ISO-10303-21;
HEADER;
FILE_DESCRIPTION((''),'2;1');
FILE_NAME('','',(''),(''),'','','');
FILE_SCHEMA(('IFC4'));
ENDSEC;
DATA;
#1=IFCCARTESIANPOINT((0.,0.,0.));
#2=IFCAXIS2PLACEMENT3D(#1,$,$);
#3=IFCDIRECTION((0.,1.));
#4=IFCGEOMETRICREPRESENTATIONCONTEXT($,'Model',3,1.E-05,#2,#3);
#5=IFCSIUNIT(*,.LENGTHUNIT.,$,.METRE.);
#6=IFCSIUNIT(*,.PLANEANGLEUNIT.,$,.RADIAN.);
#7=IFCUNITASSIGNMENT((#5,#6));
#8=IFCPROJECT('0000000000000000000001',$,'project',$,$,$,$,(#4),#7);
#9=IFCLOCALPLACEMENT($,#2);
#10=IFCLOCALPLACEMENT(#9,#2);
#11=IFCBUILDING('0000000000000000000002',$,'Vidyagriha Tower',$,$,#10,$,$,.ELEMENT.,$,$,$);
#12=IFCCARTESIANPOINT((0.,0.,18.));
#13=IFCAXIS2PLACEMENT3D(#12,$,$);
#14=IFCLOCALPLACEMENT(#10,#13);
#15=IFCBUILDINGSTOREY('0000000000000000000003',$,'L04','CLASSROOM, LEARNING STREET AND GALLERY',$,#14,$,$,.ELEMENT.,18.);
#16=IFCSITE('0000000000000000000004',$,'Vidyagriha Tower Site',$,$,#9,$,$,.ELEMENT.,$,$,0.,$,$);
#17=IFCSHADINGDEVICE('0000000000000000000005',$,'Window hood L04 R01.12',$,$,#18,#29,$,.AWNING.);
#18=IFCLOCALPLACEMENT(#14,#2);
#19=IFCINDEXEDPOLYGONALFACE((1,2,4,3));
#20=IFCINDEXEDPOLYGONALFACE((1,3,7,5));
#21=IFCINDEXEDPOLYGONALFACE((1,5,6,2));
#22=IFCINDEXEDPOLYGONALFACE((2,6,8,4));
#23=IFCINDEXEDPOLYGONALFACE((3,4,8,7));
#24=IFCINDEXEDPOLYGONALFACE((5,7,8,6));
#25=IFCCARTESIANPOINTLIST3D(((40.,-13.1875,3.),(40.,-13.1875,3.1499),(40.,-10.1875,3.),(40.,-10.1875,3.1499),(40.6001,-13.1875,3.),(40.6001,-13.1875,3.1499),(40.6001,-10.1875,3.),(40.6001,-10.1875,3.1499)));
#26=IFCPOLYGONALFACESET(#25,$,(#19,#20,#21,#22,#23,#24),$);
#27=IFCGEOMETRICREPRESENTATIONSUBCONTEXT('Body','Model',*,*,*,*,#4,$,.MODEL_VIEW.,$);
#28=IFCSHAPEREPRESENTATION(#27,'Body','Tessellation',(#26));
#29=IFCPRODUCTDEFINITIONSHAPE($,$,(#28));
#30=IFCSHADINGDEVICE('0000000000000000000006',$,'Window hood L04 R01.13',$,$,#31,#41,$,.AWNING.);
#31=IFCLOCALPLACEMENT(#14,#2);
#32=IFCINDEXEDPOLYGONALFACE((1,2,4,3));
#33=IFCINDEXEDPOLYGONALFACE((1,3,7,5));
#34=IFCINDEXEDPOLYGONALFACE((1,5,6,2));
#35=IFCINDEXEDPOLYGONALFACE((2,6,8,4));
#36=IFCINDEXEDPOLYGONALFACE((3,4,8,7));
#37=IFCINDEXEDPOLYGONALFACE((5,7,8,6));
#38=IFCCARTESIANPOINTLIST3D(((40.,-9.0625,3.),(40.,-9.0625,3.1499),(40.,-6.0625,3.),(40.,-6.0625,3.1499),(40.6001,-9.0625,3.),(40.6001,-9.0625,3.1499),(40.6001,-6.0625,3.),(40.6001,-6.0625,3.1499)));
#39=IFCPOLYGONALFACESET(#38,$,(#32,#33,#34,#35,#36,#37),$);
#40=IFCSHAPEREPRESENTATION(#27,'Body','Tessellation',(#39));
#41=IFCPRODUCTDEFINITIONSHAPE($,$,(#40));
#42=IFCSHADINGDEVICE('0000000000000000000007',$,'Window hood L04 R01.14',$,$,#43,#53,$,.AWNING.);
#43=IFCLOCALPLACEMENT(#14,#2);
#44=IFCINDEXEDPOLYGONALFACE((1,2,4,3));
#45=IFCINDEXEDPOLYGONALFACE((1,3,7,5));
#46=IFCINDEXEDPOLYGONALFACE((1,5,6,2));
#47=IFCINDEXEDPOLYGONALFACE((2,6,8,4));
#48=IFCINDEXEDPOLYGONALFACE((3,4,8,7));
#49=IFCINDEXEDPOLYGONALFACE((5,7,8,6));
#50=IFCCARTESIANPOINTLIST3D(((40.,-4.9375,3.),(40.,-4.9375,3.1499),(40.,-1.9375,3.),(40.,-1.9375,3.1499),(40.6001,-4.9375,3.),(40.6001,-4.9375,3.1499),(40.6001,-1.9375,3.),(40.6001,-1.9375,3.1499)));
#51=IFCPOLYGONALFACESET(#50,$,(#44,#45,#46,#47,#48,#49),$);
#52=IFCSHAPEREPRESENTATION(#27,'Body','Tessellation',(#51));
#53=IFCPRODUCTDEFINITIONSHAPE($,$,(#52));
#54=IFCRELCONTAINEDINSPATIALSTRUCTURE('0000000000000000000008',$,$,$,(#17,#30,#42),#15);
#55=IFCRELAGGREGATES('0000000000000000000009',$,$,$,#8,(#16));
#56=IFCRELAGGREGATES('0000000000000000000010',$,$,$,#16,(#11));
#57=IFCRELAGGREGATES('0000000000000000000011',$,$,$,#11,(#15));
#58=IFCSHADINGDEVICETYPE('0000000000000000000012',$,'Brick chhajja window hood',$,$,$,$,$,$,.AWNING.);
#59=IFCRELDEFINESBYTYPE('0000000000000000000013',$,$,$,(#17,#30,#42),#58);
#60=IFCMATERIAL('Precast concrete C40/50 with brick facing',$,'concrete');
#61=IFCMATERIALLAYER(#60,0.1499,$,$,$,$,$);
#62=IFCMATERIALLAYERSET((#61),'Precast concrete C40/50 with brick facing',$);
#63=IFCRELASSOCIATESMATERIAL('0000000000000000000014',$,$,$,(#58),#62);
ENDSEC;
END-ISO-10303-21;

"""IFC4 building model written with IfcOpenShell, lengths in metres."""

from ifc_helpers import new_model, si_unit, direction, frame, origin, origin_2d, place, context, subcontext, project, spatial, rectangle, extrude, material, layer, layer_set, type_object, element, save


model = new_model("IFC4")

# Units and contexts
model_context = context("Model", 3, precision=1e-05, world=origin(), true_north=direction((0.0, 1.0)))
body_context = subcontext(model_context, "Body", "Model", "MODEL_VIEW")
ifc_project = project(units=[si_unit("LENGTHUNIT", "METRE"), si_unit("PLANEANGLEUNIT", "RADIAN")], contexts=[model_context])

# Site, building, storey
site_placement = place(None, origin())
site = spatial("IfcSite", under=ifc_project, at=site_placement, Name="Vidyagriha Tower Site", CompositionType="ELEMENT", RefElevation=0.0)
building_placement = place(site_placement, origin())
building = spatial("IfcBuilding", under=site, at=building_placement, Name="Vidyagriha Tower", CompositionType="ELEMENT")
storey_placement = place(building_placement, frame((0.0, 0.0, 18.0)))
storey = spatial("IfcBuildingStorey", under=building, at=storey_placement, Name="L04", Description="CLASSROOM, LEARNING STREET AND GALLERY", CompositionType="ELEMENT", Elevation=18.0)

# Shading devices
ifc_material_1 = material(Name="Precast concrete C40/50 with brick facing", Category="concrete")
ifc_layer_1 = layer(ifc_material_1, 0.1499)
ifc_layer_set_1 = layer_set([ifc_layer_1], Name="Precast concrete C40/50 with brick facing")
shading_device_type = type_object("IfcShadingDeviceType", Name="Brick chhajja window hood", PredefinedType="AWNING", material=ifc_layer_set_1)
for number, where, z_axis, x_axis, name in (
    (1, (40.3, -11.6875, 3.0), (0.0, 0.0, 1.0), (0.0, 1.0, 0.0), "Window hood L04 R01.12"),
    (2, (40.3, -7.5625, 3.0), (0.0, 0.0, 1.0), (0.0, 1.0, 0.0), "Window hood L04 R01.13"),
    (3, (40.3, -3.4375, 3.0), (0.0, 0.0, 1.0), (0.0, 1.0, 0.0), "Window hood L04 R01.14"),
):
    element("IfcShadingDevice", number, at=place(storey_placement, frame(where, z_axis=z_axis, x_axis=x_axis)), inside=storey, type_object=shading_device_type, Name=name, PredefinedType="AWNING", context=body_context, shape_type="SweptSolid", body=[
        extrude(rectangle(XDim=3.0, YDim=0.6001, at=origin_2d()), origin(), (0.0, 0.0, 1.0), 0.1499),
    ])

save(model, "model.ifc")
